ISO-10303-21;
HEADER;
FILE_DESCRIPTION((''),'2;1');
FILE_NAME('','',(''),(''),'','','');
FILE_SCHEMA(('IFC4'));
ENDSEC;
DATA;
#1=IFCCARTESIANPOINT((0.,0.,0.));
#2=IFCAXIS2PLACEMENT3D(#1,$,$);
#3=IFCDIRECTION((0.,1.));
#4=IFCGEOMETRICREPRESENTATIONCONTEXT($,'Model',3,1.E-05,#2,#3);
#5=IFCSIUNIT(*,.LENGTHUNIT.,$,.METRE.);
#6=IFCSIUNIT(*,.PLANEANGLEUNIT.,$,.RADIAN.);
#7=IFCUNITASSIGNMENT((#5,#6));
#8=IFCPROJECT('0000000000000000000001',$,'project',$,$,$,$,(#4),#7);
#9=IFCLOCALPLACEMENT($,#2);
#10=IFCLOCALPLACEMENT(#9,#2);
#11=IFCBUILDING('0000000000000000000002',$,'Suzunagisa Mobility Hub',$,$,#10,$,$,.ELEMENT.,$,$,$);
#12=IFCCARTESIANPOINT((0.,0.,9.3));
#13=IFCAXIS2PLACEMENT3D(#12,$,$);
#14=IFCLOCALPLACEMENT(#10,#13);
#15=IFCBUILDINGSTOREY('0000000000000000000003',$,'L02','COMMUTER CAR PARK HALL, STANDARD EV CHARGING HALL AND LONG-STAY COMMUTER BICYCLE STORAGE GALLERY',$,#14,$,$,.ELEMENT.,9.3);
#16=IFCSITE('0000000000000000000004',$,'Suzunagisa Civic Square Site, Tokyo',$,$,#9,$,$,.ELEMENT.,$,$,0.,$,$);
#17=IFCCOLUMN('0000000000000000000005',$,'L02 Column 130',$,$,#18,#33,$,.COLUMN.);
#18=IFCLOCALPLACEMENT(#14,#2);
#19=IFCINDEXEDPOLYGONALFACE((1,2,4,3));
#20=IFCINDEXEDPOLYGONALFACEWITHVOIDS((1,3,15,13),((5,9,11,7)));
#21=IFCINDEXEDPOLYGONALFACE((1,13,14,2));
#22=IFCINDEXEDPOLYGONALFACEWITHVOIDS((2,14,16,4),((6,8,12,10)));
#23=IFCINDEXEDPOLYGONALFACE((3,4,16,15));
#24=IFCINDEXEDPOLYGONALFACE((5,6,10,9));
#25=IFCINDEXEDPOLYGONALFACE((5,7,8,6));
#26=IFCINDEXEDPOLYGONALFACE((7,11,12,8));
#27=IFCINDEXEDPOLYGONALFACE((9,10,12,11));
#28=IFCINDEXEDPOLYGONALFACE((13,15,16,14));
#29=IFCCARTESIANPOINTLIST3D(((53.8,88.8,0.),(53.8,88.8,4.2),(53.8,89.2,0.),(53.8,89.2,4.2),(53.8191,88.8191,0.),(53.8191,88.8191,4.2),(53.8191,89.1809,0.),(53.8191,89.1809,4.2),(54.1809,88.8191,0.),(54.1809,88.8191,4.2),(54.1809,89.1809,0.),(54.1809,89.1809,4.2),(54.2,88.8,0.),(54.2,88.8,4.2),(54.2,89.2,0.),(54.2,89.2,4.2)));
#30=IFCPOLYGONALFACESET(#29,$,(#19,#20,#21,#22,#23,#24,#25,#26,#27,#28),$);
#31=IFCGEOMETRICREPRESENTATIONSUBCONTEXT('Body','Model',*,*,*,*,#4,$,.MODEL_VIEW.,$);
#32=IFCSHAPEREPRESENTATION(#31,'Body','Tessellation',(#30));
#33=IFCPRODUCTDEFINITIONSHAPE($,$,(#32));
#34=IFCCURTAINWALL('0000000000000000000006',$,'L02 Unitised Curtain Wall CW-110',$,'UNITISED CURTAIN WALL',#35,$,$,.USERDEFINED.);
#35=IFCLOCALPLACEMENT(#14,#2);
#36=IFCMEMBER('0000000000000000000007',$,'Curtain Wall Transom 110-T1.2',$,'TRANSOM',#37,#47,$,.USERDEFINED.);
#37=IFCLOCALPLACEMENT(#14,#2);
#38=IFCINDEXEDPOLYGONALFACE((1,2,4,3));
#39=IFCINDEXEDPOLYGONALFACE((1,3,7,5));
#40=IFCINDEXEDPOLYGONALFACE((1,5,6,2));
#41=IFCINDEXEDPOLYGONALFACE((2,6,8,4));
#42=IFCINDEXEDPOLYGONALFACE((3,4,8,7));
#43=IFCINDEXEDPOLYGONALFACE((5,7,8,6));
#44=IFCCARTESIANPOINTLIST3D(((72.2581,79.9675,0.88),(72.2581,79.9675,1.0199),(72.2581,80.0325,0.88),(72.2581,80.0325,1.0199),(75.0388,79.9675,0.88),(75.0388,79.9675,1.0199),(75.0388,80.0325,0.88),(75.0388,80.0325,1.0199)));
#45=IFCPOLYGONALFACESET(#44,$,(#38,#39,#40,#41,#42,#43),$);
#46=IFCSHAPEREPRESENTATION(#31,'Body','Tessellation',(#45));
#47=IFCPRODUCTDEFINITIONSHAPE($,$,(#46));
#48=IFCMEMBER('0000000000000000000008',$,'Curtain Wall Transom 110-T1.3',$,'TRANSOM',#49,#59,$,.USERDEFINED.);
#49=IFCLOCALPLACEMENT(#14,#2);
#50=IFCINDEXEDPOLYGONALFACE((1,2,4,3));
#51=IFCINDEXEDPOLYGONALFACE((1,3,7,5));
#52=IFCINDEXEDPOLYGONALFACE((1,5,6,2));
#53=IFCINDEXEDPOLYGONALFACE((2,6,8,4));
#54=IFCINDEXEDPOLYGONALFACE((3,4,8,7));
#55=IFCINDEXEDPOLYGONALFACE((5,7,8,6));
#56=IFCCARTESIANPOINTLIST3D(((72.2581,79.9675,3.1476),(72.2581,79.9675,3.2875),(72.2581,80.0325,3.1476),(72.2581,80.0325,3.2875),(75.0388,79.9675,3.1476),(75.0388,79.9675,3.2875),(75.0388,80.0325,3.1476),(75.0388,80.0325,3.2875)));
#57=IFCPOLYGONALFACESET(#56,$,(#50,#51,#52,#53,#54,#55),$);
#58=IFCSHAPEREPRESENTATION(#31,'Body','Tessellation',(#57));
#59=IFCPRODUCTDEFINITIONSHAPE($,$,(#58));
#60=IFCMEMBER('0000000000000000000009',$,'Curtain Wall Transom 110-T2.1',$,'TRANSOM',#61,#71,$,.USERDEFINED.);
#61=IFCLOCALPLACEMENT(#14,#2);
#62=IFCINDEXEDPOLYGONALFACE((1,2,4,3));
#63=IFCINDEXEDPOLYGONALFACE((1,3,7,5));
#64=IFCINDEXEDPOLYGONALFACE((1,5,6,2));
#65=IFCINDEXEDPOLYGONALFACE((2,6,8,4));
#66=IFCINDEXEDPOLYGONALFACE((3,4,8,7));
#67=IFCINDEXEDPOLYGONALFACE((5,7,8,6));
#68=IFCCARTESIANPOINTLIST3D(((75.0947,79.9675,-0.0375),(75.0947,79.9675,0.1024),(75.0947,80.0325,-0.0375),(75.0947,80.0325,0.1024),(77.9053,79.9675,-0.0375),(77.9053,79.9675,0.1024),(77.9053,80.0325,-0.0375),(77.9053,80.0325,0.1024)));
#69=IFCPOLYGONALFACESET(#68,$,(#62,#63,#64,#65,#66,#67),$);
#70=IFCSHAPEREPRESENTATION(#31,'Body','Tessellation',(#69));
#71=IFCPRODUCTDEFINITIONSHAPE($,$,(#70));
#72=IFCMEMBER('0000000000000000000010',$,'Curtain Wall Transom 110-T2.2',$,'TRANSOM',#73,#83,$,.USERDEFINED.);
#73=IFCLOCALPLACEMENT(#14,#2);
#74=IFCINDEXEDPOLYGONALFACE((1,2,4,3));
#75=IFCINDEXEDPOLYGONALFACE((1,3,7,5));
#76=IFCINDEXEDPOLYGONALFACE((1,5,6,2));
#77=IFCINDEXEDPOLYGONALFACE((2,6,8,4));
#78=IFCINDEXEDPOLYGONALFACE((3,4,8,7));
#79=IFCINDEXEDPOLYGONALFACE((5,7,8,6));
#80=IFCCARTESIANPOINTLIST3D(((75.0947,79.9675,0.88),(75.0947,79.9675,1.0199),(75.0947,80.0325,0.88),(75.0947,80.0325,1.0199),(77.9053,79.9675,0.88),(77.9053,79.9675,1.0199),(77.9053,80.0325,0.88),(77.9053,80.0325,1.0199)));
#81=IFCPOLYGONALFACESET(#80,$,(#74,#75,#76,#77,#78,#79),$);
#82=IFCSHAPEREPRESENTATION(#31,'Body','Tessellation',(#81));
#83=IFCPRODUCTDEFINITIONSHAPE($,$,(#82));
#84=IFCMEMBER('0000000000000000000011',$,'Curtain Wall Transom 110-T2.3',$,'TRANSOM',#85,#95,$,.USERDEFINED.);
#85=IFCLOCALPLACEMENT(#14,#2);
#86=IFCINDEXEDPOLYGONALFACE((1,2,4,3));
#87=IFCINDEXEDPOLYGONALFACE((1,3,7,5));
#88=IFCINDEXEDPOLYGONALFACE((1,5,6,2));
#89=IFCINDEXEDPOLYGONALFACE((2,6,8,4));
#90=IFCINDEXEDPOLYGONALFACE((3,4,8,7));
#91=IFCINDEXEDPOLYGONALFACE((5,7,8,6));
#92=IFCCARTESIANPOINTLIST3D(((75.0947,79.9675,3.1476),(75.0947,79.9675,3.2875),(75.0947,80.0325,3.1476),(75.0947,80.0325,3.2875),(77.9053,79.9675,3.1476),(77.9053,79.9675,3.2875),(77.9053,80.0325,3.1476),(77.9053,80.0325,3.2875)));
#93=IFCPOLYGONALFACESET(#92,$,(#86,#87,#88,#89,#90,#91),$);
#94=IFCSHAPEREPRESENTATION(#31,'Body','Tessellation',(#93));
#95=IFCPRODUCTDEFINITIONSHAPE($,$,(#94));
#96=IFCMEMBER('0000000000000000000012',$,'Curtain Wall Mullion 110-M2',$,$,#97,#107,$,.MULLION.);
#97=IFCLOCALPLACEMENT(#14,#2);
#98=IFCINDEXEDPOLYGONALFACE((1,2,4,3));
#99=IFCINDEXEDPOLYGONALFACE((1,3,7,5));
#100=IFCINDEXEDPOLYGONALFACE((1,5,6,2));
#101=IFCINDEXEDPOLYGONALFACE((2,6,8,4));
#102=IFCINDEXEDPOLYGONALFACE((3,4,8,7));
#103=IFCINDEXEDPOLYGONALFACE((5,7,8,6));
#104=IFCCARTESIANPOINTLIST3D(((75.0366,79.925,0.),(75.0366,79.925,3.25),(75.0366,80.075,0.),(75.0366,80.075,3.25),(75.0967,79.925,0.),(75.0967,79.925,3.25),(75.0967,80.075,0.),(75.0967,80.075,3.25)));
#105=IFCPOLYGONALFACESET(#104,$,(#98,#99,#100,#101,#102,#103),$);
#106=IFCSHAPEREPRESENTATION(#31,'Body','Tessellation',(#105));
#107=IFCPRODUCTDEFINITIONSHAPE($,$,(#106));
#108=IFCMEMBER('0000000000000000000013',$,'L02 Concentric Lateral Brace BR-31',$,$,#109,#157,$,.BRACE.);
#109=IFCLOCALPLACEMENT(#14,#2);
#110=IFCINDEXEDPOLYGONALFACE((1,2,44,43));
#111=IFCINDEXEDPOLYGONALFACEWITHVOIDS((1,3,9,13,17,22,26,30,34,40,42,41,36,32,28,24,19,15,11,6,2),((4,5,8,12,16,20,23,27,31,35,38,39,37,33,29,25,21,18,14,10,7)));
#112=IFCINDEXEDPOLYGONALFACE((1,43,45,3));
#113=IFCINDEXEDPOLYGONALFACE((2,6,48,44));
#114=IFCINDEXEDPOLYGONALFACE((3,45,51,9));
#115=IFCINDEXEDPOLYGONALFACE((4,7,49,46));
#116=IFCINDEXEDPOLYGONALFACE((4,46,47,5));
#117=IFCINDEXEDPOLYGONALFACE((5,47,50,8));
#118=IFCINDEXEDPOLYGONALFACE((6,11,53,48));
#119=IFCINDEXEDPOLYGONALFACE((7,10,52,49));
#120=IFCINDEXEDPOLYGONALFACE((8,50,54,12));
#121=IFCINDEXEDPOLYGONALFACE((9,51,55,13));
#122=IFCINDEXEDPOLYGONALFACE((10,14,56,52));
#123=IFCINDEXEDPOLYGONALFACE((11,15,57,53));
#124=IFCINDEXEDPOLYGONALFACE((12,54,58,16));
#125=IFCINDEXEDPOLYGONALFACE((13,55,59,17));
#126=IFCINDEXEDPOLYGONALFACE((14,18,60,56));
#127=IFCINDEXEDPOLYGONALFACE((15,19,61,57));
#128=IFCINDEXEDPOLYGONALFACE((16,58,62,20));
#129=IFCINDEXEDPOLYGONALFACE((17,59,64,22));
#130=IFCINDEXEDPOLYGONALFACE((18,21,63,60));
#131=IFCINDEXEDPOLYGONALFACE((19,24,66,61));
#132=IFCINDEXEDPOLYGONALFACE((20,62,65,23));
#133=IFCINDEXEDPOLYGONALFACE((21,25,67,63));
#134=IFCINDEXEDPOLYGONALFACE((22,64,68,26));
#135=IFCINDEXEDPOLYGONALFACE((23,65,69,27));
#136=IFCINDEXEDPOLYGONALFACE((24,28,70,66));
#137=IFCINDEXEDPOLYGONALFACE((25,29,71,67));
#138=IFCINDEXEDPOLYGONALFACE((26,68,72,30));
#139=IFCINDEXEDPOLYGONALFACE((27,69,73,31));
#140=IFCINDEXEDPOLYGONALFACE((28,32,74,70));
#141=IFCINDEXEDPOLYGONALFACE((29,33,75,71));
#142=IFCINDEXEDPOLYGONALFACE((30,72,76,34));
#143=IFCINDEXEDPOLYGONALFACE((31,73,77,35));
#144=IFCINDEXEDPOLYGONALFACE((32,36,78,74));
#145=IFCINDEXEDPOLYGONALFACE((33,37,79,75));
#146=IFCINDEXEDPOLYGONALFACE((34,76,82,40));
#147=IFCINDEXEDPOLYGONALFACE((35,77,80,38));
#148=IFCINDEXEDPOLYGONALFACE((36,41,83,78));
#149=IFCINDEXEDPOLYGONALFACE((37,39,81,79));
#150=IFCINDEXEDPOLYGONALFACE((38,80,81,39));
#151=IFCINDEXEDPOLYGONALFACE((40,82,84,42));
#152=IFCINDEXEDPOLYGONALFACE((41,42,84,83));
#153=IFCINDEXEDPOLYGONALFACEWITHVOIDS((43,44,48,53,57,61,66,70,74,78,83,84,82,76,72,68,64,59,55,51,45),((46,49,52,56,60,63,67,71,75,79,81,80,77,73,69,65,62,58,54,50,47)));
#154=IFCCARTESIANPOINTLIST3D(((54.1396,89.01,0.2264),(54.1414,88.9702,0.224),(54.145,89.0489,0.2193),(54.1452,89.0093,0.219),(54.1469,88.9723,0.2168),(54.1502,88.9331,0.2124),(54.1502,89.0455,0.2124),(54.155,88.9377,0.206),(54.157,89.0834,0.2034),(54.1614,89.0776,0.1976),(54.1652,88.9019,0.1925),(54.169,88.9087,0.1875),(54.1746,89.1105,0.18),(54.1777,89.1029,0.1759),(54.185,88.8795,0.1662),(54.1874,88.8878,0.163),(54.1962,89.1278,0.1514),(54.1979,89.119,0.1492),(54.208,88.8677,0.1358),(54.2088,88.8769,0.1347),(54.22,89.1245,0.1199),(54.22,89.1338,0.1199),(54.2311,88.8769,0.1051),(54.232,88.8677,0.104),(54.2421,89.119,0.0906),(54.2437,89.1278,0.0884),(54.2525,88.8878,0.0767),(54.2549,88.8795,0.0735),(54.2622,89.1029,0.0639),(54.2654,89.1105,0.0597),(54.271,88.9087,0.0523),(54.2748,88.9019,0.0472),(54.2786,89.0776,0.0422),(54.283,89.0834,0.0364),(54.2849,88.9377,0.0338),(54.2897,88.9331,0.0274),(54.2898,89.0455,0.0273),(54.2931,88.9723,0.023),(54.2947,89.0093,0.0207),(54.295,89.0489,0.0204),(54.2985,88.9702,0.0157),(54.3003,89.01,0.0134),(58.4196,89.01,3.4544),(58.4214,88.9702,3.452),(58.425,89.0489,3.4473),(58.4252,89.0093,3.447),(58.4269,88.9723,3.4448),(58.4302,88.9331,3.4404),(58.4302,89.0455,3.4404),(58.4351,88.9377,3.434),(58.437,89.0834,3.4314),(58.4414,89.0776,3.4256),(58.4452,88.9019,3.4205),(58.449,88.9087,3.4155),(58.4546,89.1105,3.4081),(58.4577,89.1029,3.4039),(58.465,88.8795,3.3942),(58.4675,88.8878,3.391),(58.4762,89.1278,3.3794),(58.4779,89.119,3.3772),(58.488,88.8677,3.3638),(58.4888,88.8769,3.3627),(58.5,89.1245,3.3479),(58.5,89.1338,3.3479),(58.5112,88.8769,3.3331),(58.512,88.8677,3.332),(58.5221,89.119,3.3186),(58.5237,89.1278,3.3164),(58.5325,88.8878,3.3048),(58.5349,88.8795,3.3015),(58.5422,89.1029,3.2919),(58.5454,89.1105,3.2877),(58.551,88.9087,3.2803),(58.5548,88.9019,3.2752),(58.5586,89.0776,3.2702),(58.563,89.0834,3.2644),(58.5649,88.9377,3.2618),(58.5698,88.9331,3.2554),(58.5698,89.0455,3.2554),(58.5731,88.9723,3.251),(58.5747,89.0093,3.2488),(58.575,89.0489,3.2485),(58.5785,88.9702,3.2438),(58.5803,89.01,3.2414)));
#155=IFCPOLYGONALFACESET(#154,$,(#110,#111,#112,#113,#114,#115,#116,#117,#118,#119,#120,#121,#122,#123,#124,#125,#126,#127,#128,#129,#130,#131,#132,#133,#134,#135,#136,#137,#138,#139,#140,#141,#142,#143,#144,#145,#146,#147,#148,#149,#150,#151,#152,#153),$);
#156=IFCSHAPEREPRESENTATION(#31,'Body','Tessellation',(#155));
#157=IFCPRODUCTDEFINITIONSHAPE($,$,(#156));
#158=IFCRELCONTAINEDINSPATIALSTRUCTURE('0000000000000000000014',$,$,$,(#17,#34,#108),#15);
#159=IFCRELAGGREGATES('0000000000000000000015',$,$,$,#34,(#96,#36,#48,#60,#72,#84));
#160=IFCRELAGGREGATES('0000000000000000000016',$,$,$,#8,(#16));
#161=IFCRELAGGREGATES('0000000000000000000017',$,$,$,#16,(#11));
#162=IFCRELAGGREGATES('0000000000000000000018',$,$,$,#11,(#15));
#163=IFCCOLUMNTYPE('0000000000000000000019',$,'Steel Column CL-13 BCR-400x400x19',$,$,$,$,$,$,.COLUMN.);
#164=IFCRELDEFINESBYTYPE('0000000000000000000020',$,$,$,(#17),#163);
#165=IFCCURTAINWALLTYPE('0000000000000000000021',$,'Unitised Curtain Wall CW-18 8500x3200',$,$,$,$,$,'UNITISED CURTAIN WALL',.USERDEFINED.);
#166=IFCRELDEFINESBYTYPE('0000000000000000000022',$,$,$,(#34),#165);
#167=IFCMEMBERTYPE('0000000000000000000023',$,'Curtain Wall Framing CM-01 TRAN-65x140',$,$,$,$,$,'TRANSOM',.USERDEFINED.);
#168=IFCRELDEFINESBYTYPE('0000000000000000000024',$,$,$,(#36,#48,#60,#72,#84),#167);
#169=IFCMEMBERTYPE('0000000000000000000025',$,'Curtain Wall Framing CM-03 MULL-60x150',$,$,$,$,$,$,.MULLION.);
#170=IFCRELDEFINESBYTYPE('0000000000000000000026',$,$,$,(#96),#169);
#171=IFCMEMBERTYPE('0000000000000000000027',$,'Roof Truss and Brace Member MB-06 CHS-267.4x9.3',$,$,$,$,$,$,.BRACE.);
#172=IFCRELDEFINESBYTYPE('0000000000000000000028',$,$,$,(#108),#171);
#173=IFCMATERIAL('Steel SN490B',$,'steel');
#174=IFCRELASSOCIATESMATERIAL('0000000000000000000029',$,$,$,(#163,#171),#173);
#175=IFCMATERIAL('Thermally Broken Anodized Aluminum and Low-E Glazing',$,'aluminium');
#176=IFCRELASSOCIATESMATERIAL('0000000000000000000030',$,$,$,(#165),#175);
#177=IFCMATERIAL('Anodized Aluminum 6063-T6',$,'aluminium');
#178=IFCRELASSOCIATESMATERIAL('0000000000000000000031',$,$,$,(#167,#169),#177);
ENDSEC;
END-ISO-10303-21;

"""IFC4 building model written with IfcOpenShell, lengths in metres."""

from ifc_helpers import new_model, si_unit, direction, frame, origin, origin_2d, place, context, subcontext, project, spatial, rectangle, hollow_rectangle, hollow_circle, extrude, material, material_profile, profile_set, type_object, element, aggregate, save


model = new_model("IFC4")

# Units and contexts
model_context = context("Model", 3, precision=1e-05, world=origin(), true_north=direction((0.0, 1.0)))
body_context = subcontext(model_context, "Body", "Model", "MODEL_VIEW")
ifc_project = project(units=[si_unit("LENGTHUNIT", "METRE"), si_unit("PLANEANGLEUNIT", "RADIAN")], contexts=[model_context])

# Site, building, storey
site_placement = place(None, origin())
site = spatial("IfcSite", under=ifc_project, at=site_placement, Name="Suzunagisa Civic Square Site, Tokyo", CompositionType="ELEMENT", RefElevation=0.0)
building_placement = place(site_placement, origin())
building = spatial("IfcBuilding", under=site, at=building_placement, Name="Suzunagisa Mobility Hub", CompositionType="ELEMENT")
storey_placement = place(building_placement, frame((0.0, 0.0, 9.3)))
storey = spatial("IfcBuildingStorey", under=building, at=storey_placement, Name="L02", Description="COMMUTER CAR PARK HALL, STANDARD EV CHARGING HALL AND LONG-STAY COMMUTER BICYCLE STORAGE GALLERY", CompositionType="ELEMENT", Elevation=9.3)

# Column
ifc_material_1 = material(Name="Steel SN490B", Category="steel")
ifc_material_profile_1 = material_profile(ifc_material_1, hollow_rectangle(XDim=0.3999, YDim=0.3999, WallThickness=0.019, at=origin_2d()), Name="BCR-400x400x19")
ifc_profile_set_1 = profile_set([ifc_material_profile_1], Name="Steel SN490B")
column_type = type_object("IfcColumnType", Name="Steel Column CL-13 BCR-400x400x19", PredefinedType="COLUMN", material=ifc_profile_set_1)
column_placement = place(storey_placement, frame((54.0, 89.0, 0.0), z_axis=(0.0, 0.0, 1.0), x_axis=(1.0, 0.0, 0.0)))
element("IfcColumn", 1, at=column_placement, inside=storey, type_object=column_type, Name="L02 Column 130", PredefinedType="COLUMN", context=body_context, shape_type="SweptSolid", body=[
    extrude(hollow_rectangle(XDim=0.3999, YDim=0.3999, WallThickness=0.019, at=origin_2d()), origin(), (0.0, 0.0, 1.0), 4.2),
])

# Curtain wall, members
ifc_material_2 = material(Name="Thermally Broken Anodized Aluminum and Low-E Glazing", Category="aluminium")
curtain_wall_type = type_object("IfcCurtainWallType", Name="Unitised Curtain Wall CW-18 8500x3200", ElementType="UNITISED CURTAIN WALL", PredefinedType="USERDEFINED", material=ifc_material_2)
curtain_wall_placement = place(storey_placement, origin())
curtain_wall = element("IfcCurtainWall", 2, at=curtain_wall_placement, inside=storey, type_object=curtain_wall_type, Name="L02 Unitised Curtain Wall CW-110", ObjectType="UNITISED CURTAIN WALL", PredefinedType="USERDEFINED")
ifc_material_3 = material(Name="Anodized Aluminum 6063-T6", Category="aluminium")
ifc_material_profile_2 = material_profile(ifc_material_3, rectangle(XDim=0.0649, YDim=0.1399, at=origin_2d()), Name="TRAN-65x140")
ifc_profile_set_2 = profile_set([ifc_material_profile_2], Name="Anodized Aluminum 6063-T6")
member_type_1 = type_object("IfcMemberType", Name="Curtain Wall Framing CM-01 TRAN-65x140", ElementType="TRANSOM", PredefinedType="USERDEFINED", material=ifc_profile_set_2)
member_1_placement = place(storey_placement, frame((72.2581, 80.0, 0.95), z_axis=(1.0, 0.0, 0.0), x_axis=(0.0, 1.0, 0.0)))
member_1 = element("IfcMember", 3, at=member_1_placement, type_object=member_type_1, Name="Curtain Wall Transom 110-T1.2", ObjectType="TRANSOM", PredefinedType="USERDEFINED", context=body_context, shape_type="SweptSolid", body=[
    extrude(rectangle(XDim=0.0649, YDim=0.1399, at=origin_2d()), origin(), (0.0, 0.0, 1.0), 2.7808),
])
member_2_placement = place(storey_placement, frame((72.2581, 80.0, 3.2175), z_axis=(1.0, 0.0, 0.0), x_axis=(0.0, 1.0, 0.0)))
member_2 = element("IfcMember", 4, at=member_2_placement, type_object=member_type_1, Name="Curtain Wall Transom 110-T1.3", ObjectType="TRANSOM", PredefinedType="USERDEFINED", context=body_context, shape_type="SweptSolid", body=[
    extrude(rectangle(XDim=0.0649, YDim=0.1399, at=origin_2d()), origin(), (0.0, 0.0, 1.0), 2.7808),
])
member_3_placement = place(storey_placement, frame((75.0947, 80.0, 0.0325), z_axis=(1.0, 0.0, 0.0), x_axis=(0.0, 1.0, 0.0)))
member_3 = element("IfcMember", 5, at=member_3_placement, type_object=member_type_1, Name="Curtain Wall Transom 110-T2.1", ObjectType="TRANSOM", PredefinedType="USERDEFINED", context=body_context, shape_type="SweptSolid", body=[
    extrude(rectangle(XDim=0.0649, YDim=0.1399, at=origin_2d()), origin(), (0.0, 0.0, 1.0), 2.8105),
])
member_4_placement = place(storey_placement, frame((75.0947, 80.0, 0.95), z_axis=(1.0, 0.0, 0.0), x_axis=(0.0, 1.0, 0.0)))
member_4 = element("IfcMember", 6, at=member_4_placement, type_object=member_type_1, Name="Curtain Wall Transom 110-T2.2", ObjectType="TRANSOM", PredefinedType="USERDEFINED", context=body_context, shape_type="SweptSolid", body=[
    extrude(rectangle(XDim=0.0649, YDim=0.1399, at=origin_2d()), origin(), (0.0, 0.0, 1.0), 2.8105),
])
member_5_placement = place(storey_placement, frame((75.0947, 80.0, 3.2175), z_axis=(1.0, 0.0, 0.0), x_axis=(0.0, 1.0, 0.0)))
member_5 = element("IfcMember", 7, at=member_5_placement, type_object=member_type_1, Name="Curtain Wall Transom 110-T2.3", ObjectType="TRANSOM", PredefinedType="USERDEFINED", context=body_context, shape_type="SweptSolid", body=[
    extrude(rectangle(XDim=0.0649, YDim=0.1399, at=origin_2d()), origin(), (0.0, 0.0, 1.0), 2.8105),
])
ifc_material_profile_3 = material_profile(ifc_material_3, rectangle(XDim=0.0601, YDim=0.1499, at=origin_2d()), Name="MULL-60x150")
ifc_profile_set_3 = profile_set([ifc_material_profile_3], Name="Anodized Aluminum 6063-T6")
member_type_2 = type_object("IfcMemberType", Name="Curtain Wall Framing CM-03 MULL-60x150", PredefinedType="MULLION", material=ifc_profile_set_3)
member_6_placement = place(storey_placement, frame((75.0667, 80.0, 0.0), z_axis=(0.0, 0.0, 1.0), x_axis=(1.0, 0.0, 0.0)))
member_6 = element("IfcMember", 8, at=member_6_placement, type_object=member_type_2, Name="Curtain Wall Mullion 110-M2", PredefinedType="MULLION", context=body_context, shape_type="SweptSolid", body=[
    extrude(rectangle(XDim=0.0601, YDim=0.1499, at=origin_2d()), origin(), (0.0, 0.0, 1.0), 3.25),
])

# Member
ifc_material_profile_4 = material_profile(ifc_material_1, hollow_circle(Radius=0.1338, WallThickness=0.0093, at=origin_2d()), Name="CHS-267.4x9.3")
ifc_profile_set_4 = profile_set([ifc_material_profile_4], Name="Steel SN490B")
member_type_3 = type_object("IfcMemberType", Name="Roof Truss and Brace Member MB-06 CHS-267.4x9.3", PredefinedType="BRACE", material=ifc_profile_set_4)
member_7_placement = place(storey_placement, frame((54.22, 89.0, 0.1199), z_axis=(0.798385, 0.0, 0.602147), x_axis=(0.0, 1.0, 0.0)))
element("IfcMember", 9, at=member_7_placement, inside=storey, type_object=member_type_3, Name="L02 Concentric Lateral Brace BR-31", PredefinedType="BRACE", context=body_context, shape_type="SweptSolid", body=[
    extrude(hollow_circle(Radius=0.1338, WallThickness=0.0093, at=origin_2d()), origin(), (0.0, 0.0, 1.0), 5.3608),
])

aggregate(curtain_wall, [member_6, member_1, member_2, member_3, member_4, member_5])

save(model, "model.ifc")
